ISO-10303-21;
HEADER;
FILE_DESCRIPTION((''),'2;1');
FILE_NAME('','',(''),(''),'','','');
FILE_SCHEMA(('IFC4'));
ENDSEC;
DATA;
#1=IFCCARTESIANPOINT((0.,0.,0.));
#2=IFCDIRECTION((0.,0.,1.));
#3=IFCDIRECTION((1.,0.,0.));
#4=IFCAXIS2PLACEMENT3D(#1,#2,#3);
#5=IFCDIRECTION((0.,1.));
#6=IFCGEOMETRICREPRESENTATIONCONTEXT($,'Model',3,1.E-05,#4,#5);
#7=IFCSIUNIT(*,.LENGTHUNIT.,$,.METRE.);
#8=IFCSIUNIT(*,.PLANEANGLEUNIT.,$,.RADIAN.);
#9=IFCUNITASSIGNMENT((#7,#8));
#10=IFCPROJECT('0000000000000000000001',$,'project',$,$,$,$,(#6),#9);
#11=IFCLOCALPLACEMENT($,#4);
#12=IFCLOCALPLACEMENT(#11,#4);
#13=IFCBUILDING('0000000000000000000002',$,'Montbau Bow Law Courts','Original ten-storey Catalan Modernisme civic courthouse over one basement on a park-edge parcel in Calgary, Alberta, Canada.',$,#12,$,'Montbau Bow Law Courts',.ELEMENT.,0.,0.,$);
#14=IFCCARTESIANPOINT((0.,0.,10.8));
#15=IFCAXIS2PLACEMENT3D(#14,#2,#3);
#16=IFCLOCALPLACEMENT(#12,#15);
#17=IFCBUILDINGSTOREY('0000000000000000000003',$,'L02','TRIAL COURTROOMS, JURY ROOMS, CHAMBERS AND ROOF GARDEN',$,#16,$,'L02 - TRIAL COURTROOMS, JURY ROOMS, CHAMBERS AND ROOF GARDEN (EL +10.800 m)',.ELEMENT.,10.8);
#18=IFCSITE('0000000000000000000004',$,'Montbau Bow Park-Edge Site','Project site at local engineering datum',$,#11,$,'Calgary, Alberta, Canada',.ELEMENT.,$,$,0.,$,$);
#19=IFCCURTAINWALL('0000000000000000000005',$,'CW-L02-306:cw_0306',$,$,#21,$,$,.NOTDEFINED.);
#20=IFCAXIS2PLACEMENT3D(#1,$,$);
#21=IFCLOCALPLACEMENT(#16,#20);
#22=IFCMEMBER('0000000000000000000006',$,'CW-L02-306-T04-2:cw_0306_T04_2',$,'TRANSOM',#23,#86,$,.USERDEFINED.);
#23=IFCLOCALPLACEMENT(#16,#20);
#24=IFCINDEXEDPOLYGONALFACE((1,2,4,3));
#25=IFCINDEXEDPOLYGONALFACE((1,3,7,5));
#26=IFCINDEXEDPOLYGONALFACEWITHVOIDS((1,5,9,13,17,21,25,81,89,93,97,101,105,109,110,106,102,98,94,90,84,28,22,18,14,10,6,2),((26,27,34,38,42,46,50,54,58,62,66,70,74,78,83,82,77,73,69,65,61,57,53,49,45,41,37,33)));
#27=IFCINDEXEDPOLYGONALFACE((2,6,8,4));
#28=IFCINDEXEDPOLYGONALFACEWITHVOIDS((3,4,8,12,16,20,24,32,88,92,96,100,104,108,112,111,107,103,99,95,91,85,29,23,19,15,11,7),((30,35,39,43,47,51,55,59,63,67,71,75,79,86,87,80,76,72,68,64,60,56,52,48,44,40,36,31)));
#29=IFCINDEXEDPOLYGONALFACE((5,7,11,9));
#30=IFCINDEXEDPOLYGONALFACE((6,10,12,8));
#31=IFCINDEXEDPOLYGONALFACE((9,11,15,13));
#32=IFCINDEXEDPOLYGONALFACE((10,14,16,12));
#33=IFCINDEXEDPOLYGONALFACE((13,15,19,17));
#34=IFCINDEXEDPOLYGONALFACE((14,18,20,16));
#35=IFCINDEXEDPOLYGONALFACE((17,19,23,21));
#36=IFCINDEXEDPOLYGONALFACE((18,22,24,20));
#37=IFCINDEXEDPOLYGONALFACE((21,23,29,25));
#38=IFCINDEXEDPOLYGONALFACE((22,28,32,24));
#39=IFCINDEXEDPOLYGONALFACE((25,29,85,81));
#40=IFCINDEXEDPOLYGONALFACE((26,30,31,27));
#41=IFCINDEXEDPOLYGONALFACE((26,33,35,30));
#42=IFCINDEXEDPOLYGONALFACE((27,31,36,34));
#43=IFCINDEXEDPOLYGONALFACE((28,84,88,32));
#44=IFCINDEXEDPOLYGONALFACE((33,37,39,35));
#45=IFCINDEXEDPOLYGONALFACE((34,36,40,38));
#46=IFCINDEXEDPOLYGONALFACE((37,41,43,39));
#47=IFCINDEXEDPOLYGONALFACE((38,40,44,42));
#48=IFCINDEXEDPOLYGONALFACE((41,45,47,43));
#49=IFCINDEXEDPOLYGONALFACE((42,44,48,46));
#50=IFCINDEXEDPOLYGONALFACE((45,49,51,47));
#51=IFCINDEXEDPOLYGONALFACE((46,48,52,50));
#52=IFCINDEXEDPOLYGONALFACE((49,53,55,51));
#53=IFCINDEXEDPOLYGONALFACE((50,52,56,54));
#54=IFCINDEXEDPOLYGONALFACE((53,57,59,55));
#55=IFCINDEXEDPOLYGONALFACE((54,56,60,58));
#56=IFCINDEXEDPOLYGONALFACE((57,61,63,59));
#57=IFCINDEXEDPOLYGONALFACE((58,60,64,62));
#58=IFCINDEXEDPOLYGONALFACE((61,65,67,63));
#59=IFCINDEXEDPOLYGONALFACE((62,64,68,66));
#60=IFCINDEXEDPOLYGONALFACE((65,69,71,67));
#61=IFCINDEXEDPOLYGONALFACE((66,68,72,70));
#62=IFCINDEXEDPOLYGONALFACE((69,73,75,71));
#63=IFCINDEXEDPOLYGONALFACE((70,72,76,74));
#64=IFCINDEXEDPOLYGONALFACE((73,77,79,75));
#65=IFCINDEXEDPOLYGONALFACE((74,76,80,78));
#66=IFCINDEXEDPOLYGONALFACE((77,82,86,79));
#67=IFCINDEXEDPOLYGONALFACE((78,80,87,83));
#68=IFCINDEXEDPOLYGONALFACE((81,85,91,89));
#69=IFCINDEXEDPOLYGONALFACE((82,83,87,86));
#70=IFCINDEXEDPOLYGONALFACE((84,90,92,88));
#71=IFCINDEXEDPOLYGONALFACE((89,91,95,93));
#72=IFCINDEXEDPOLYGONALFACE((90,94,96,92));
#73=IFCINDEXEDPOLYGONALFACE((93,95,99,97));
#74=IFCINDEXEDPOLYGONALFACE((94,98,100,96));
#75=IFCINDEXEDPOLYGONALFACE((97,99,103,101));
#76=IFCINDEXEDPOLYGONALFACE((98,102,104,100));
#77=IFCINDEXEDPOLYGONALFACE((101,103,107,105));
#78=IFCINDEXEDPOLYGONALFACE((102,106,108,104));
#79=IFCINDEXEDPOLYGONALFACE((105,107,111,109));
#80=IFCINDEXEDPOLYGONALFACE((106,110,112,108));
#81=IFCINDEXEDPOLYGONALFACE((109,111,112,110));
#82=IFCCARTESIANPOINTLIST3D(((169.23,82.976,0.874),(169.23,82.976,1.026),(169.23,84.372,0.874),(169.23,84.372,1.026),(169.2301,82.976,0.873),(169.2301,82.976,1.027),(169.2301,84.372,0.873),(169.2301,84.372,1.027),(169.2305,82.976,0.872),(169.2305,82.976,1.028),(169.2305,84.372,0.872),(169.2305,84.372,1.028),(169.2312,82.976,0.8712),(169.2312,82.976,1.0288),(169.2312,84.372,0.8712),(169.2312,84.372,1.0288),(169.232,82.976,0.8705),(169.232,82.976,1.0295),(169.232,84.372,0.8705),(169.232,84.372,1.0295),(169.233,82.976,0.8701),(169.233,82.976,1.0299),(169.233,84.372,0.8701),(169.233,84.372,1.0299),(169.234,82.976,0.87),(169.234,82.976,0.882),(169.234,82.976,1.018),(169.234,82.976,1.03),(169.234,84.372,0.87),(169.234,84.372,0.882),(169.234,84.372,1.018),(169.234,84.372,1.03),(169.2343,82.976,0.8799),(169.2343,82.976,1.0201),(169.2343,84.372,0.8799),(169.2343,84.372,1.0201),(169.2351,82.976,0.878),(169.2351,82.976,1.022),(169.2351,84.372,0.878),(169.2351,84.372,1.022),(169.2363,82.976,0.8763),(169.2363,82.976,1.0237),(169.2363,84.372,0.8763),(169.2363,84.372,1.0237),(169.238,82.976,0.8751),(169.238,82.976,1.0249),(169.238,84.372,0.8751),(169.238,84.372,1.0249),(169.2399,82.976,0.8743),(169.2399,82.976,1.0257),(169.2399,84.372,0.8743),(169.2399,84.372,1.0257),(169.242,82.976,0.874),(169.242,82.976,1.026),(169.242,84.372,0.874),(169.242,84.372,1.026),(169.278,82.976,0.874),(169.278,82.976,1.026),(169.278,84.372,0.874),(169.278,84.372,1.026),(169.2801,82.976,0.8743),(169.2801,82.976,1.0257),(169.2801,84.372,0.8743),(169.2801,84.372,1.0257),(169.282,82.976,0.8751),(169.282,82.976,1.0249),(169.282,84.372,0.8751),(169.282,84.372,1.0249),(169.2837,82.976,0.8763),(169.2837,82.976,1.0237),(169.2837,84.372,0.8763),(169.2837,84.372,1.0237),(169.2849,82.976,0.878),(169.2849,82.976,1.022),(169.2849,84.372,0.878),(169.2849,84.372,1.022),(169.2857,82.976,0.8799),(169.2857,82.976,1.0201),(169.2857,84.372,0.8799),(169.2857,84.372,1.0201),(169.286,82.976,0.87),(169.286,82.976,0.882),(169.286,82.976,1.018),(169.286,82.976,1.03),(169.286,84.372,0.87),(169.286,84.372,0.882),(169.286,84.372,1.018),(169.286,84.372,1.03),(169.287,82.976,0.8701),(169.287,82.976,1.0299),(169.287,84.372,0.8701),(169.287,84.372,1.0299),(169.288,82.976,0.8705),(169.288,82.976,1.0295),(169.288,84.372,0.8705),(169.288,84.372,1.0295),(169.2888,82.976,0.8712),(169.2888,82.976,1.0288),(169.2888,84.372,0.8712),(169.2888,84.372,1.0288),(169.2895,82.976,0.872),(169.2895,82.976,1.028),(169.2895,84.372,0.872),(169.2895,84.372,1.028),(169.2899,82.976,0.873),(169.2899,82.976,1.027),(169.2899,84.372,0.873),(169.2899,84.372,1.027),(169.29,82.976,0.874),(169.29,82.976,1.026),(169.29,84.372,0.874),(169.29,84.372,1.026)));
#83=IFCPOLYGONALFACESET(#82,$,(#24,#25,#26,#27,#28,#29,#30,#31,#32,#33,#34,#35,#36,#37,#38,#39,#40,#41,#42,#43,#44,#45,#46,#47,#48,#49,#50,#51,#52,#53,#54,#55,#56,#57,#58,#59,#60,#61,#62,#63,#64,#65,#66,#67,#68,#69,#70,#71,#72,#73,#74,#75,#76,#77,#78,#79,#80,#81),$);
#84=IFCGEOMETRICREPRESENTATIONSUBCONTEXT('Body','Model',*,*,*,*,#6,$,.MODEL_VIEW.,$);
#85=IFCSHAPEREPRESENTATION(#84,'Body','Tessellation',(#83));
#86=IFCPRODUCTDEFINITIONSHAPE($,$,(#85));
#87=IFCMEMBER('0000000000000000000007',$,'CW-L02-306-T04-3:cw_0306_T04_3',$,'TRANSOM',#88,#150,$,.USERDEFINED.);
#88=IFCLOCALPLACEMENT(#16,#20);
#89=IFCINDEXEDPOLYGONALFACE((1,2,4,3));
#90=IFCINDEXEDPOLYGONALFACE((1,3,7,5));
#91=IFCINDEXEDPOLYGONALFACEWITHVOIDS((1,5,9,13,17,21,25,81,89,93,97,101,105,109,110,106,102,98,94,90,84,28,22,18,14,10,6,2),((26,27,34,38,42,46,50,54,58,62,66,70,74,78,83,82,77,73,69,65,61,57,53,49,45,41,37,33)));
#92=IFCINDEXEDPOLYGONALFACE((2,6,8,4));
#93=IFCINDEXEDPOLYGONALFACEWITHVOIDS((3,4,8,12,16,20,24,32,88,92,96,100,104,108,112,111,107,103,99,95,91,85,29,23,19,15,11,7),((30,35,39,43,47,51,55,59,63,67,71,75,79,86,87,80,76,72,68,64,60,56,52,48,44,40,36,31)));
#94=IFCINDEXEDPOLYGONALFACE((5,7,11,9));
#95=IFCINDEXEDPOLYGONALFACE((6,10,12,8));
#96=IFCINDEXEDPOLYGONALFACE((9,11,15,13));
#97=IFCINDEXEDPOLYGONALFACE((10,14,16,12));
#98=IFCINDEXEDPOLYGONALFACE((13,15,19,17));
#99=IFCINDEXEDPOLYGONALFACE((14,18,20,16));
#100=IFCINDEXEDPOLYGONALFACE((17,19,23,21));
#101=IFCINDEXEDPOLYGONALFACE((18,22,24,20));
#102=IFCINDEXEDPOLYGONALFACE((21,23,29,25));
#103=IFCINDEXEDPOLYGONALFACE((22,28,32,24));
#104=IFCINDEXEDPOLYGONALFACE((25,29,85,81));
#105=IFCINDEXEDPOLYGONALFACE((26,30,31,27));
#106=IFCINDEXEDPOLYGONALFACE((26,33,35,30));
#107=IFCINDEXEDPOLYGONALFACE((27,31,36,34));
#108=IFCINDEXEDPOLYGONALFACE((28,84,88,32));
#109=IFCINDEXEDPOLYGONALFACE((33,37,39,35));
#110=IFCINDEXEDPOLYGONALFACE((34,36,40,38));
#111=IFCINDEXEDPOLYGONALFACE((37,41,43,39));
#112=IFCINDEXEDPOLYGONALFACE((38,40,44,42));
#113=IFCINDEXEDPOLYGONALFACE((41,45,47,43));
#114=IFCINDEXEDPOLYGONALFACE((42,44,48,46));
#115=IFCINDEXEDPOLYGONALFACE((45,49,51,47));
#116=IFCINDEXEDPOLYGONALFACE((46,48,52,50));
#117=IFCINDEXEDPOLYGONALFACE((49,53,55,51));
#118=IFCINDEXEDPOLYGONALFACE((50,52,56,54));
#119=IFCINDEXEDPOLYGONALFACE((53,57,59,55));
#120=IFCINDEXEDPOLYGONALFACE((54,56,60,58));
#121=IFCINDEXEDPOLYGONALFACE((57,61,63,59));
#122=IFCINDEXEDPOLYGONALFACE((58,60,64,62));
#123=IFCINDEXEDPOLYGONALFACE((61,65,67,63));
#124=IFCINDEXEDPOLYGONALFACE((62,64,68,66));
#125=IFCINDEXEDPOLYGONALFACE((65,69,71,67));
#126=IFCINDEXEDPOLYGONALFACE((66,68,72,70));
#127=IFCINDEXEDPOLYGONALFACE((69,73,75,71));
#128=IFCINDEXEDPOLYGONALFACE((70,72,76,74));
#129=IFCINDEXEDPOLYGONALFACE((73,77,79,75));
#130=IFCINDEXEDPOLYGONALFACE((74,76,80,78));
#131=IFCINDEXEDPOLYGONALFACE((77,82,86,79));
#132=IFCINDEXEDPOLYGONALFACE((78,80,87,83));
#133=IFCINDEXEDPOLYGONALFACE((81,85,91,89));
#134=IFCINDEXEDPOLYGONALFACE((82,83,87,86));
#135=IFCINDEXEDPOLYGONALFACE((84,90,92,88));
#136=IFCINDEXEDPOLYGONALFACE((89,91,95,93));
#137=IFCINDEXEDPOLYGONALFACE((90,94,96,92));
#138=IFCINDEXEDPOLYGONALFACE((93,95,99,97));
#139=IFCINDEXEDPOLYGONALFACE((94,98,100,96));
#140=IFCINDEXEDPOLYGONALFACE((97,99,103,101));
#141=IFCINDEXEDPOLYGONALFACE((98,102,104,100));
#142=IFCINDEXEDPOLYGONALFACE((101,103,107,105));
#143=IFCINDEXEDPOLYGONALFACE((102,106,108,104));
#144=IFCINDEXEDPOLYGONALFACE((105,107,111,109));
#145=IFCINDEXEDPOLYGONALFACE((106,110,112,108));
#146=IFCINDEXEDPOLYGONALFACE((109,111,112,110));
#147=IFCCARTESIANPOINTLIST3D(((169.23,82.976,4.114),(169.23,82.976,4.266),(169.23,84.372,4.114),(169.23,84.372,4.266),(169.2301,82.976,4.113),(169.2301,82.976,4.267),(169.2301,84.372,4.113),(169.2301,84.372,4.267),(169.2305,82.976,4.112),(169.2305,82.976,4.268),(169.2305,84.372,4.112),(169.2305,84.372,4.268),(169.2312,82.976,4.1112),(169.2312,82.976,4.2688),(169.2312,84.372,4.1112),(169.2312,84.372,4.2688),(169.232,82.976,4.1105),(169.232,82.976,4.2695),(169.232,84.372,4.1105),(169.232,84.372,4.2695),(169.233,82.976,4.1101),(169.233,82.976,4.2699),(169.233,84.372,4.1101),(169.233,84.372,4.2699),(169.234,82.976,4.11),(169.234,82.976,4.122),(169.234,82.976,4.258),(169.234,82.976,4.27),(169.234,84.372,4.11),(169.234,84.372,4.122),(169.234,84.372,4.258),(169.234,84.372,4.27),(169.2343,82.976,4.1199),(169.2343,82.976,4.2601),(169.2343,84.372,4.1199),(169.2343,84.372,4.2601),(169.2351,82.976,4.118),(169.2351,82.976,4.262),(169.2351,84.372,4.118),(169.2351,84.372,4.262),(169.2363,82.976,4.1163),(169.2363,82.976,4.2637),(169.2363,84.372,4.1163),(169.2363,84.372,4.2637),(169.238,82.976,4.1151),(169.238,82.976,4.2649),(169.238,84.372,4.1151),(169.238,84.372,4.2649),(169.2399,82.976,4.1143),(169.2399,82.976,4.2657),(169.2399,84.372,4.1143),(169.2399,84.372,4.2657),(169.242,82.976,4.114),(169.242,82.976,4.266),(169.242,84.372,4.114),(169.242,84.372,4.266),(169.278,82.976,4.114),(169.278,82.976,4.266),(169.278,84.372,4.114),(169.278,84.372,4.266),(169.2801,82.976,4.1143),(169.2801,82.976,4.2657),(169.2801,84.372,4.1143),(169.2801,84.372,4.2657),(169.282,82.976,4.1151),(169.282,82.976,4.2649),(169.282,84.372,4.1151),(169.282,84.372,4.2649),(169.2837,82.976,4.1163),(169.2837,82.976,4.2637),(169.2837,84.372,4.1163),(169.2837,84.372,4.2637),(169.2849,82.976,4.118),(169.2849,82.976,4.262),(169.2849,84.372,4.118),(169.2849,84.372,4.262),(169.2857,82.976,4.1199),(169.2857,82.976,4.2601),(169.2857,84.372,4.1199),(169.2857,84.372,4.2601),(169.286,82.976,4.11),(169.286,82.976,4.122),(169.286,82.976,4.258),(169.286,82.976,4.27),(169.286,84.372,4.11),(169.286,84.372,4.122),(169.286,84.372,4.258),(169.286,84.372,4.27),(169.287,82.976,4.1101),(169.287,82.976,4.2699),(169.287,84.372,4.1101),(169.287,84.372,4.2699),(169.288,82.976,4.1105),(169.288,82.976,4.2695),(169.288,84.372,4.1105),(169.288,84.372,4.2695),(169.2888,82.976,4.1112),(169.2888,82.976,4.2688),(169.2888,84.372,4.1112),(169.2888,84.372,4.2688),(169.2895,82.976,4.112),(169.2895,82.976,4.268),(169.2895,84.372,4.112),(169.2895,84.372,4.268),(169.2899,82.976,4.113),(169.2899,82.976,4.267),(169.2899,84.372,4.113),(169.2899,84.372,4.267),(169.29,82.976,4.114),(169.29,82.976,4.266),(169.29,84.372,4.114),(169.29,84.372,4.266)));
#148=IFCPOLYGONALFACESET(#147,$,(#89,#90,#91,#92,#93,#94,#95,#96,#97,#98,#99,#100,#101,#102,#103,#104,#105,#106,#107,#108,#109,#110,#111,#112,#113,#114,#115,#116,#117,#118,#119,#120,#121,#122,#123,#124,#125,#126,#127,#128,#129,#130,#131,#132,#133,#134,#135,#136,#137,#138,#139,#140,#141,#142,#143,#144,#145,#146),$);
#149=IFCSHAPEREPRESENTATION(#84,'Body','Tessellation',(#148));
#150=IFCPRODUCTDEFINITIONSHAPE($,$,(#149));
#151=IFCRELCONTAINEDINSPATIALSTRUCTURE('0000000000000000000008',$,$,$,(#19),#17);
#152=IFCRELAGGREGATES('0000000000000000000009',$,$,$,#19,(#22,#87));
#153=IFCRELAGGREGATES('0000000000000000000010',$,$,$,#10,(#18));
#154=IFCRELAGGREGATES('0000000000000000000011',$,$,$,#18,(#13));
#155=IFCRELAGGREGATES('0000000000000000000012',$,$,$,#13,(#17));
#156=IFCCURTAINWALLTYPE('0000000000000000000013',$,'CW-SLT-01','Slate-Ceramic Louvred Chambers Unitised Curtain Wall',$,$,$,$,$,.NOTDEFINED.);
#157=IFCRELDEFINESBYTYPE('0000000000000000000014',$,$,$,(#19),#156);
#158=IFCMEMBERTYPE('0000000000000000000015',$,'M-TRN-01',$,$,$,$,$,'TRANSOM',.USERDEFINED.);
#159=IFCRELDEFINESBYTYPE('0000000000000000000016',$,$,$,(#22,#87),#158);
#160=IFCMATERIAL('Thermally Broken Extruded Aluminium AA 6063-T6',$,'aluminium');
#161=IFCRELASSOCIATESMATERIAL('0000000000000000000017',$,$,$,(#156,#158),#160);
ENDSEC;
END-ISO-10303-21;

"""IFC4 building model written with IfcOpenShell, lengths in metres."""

from ifc_helpers import new_model, si_unit, direction, frame, origin_with_axes, origin_2d_with_axis, place, context, subcontext, project, spatial, hollow_rectangle, extrude, material, material_profile, profile_set, type_object, element, aggregate, save


model = new_model("IFC4")

# Units and contexts
model_context = context("Model", 3, precision=1e-05, world=origin_with_axes(), true_north=direction((0.0, 1.0)))
body_context = subcontext(model_context, "Body", "Model", "MODEL_VIEW")
ifc_project = project(units=[si_unit("LENGTHUNIT", "METRE"), si_unit("PLANEANGLEUNIT", "RADIAN")], contexts=[model_context])

# Site, building, storey
site_placement = place(None, origin_with_axes())
site = spatial("IfcSite", under=ifc_project, at=site_placement, Name="Montbau Bow Park-Edge Site", Description="Project site at local engineering datum", LongName="Calgary, Alberta, Canada", CompositionType="ELEMENT", RefElevation=0.0)
building_placement = place(site_placement, origin_with_axes())
building = spatial("IfcBuilding", under=site, at=building_placement, Name="Montbau Bow Law Courts", Description="Original ten-storey Catalan Modernisme civic courthouse over one basement on a park-edge parcel in Calgary, Alberta, Canada.", LongName="Montbau Bow Law Courts", CompositionType="ELEMENT", ElevationOfRefHeight=0.0, ElevationOfTerrain=0.0)
storey_placement = place(building_placement, frame((0.0, 0.0, 10.8), z_axis=(0.0, 0.0, 1.0), x_axis=(1.0, 0.0, 0.0)))
storey = spatial("IfcBuildingStorey", under=building, at=storey_placement, Name="L02", Description="TRIAL COURTROOMS, JURY ROOMS, CHAMBERS AND ROOF GARDEN", LongName="L02 - TRIAL COURTROOMS, JURY ROOMS, CHAMBERS AND ROOF GARDEN (EL +10.800 m)", CompositionType="ELEMENT", Elevation=10.8)

# Curtain wall
ifc_material_1 = material(Name="Thermally Broken Extruded Aluminium AA 6063-T6", Category="aluminium")
curtain_wall_type = type_object("IfcCurtainWallType", Name="CW-SLT-01", Description="Slate-Ceramic Louvred Chambers Unitised Curtain Wall", PredefinedType="NOTDEFINED", material=ifc_material_1)
curtain_wall_1_placement = place(None, frame((169.26, 78.515, 10.8), z_axis=(0.0, 0.0, 1.0), x_axis=(1.0, 0.0, 0.0)))
curtain_wall_1 = element("IfcCurtainWall", 1, at=curtain_wall_1_placement, inside=storey, type_object=curtain_wall_type, Name="CW-L02-306:cw_0306", PredefinedType="NOTDEFINED")

# Members
ifc_material_profile_1 = material_profile(ifc_material_1, hollow_rectangle(XDim=0.06, YDim=0.16, WallThickness=0.004, InnerFilletRadius=0.008, OuterFilletRadius=0.004, at=origin_2d_with_axis()), Name="CWT-160X60", Category="Main", Priority=0)
ifc_profile_set_1 = profile_set([ifc_material_profile_1], Name="Thermally Broken Extruded Aluminium AA 6063-T6")
member_type_1 = type_object("IfcMemberType", Name="M-TRN-01", ElementType="TRANSOM", PredefinedType="USERDEFINED", material=ifc_profile_set_1)
member_1_placement = place(None, frame((169.26, 82.976, 11.75), z_axis=(0.0, 1.0, 0.0), x_axis=(-1.0, 0.0, 0.0)))
member_1 = element("IfcMember", 2, at=member_1_placement, type_object=member_type_1, Name="CW-L02-306-T04-2:cw_0306_T04_2", ObjectType="TRANSOM", PredefinedType="USERDEFINED", context=body_context, shape_type="SweptSolid", body=[
    extrude(hollow_rectangle(XDim=0.06, YDim=0.16, WallThickness=0.004, InnerFilletRadius=0.008, OuterFilletRadius=0.004, at=origin_2d_with_axis()), origin_with_axes(), (0.0, 0.0, 1.0), 1.396),
])
member_2_placement = place(None, frame((169.26, 82.976, 14.99), z_axis=(0.0, 1.0, 0.0), x_axis=(-1.0, 0.0, 0.0)))
member_2 = element("IfcMember", 3, at=member_2_placement, type_object=member_type_1, Name="CW-L02-306-T04-3:cw_0306_T04_3", ObjectType="TRANSOM", PredefinedType="USERDEFINED", context=body_context, shape_type="SweptSolid", body=[
    extrude(hollow_rectangle(XDim=0.06, YDim=0.16, WallThickness=0.004, InnerFilletRadius=0.008, OuterFilletRadius=0.004, at=origin_2d_with_axis()), origin_with_axes(), (0.0, 0.0, 1.0), 1.396),
])

aggregate(curtain_wall_1, [member_1, member_2])

save(model, "model.ifc")
